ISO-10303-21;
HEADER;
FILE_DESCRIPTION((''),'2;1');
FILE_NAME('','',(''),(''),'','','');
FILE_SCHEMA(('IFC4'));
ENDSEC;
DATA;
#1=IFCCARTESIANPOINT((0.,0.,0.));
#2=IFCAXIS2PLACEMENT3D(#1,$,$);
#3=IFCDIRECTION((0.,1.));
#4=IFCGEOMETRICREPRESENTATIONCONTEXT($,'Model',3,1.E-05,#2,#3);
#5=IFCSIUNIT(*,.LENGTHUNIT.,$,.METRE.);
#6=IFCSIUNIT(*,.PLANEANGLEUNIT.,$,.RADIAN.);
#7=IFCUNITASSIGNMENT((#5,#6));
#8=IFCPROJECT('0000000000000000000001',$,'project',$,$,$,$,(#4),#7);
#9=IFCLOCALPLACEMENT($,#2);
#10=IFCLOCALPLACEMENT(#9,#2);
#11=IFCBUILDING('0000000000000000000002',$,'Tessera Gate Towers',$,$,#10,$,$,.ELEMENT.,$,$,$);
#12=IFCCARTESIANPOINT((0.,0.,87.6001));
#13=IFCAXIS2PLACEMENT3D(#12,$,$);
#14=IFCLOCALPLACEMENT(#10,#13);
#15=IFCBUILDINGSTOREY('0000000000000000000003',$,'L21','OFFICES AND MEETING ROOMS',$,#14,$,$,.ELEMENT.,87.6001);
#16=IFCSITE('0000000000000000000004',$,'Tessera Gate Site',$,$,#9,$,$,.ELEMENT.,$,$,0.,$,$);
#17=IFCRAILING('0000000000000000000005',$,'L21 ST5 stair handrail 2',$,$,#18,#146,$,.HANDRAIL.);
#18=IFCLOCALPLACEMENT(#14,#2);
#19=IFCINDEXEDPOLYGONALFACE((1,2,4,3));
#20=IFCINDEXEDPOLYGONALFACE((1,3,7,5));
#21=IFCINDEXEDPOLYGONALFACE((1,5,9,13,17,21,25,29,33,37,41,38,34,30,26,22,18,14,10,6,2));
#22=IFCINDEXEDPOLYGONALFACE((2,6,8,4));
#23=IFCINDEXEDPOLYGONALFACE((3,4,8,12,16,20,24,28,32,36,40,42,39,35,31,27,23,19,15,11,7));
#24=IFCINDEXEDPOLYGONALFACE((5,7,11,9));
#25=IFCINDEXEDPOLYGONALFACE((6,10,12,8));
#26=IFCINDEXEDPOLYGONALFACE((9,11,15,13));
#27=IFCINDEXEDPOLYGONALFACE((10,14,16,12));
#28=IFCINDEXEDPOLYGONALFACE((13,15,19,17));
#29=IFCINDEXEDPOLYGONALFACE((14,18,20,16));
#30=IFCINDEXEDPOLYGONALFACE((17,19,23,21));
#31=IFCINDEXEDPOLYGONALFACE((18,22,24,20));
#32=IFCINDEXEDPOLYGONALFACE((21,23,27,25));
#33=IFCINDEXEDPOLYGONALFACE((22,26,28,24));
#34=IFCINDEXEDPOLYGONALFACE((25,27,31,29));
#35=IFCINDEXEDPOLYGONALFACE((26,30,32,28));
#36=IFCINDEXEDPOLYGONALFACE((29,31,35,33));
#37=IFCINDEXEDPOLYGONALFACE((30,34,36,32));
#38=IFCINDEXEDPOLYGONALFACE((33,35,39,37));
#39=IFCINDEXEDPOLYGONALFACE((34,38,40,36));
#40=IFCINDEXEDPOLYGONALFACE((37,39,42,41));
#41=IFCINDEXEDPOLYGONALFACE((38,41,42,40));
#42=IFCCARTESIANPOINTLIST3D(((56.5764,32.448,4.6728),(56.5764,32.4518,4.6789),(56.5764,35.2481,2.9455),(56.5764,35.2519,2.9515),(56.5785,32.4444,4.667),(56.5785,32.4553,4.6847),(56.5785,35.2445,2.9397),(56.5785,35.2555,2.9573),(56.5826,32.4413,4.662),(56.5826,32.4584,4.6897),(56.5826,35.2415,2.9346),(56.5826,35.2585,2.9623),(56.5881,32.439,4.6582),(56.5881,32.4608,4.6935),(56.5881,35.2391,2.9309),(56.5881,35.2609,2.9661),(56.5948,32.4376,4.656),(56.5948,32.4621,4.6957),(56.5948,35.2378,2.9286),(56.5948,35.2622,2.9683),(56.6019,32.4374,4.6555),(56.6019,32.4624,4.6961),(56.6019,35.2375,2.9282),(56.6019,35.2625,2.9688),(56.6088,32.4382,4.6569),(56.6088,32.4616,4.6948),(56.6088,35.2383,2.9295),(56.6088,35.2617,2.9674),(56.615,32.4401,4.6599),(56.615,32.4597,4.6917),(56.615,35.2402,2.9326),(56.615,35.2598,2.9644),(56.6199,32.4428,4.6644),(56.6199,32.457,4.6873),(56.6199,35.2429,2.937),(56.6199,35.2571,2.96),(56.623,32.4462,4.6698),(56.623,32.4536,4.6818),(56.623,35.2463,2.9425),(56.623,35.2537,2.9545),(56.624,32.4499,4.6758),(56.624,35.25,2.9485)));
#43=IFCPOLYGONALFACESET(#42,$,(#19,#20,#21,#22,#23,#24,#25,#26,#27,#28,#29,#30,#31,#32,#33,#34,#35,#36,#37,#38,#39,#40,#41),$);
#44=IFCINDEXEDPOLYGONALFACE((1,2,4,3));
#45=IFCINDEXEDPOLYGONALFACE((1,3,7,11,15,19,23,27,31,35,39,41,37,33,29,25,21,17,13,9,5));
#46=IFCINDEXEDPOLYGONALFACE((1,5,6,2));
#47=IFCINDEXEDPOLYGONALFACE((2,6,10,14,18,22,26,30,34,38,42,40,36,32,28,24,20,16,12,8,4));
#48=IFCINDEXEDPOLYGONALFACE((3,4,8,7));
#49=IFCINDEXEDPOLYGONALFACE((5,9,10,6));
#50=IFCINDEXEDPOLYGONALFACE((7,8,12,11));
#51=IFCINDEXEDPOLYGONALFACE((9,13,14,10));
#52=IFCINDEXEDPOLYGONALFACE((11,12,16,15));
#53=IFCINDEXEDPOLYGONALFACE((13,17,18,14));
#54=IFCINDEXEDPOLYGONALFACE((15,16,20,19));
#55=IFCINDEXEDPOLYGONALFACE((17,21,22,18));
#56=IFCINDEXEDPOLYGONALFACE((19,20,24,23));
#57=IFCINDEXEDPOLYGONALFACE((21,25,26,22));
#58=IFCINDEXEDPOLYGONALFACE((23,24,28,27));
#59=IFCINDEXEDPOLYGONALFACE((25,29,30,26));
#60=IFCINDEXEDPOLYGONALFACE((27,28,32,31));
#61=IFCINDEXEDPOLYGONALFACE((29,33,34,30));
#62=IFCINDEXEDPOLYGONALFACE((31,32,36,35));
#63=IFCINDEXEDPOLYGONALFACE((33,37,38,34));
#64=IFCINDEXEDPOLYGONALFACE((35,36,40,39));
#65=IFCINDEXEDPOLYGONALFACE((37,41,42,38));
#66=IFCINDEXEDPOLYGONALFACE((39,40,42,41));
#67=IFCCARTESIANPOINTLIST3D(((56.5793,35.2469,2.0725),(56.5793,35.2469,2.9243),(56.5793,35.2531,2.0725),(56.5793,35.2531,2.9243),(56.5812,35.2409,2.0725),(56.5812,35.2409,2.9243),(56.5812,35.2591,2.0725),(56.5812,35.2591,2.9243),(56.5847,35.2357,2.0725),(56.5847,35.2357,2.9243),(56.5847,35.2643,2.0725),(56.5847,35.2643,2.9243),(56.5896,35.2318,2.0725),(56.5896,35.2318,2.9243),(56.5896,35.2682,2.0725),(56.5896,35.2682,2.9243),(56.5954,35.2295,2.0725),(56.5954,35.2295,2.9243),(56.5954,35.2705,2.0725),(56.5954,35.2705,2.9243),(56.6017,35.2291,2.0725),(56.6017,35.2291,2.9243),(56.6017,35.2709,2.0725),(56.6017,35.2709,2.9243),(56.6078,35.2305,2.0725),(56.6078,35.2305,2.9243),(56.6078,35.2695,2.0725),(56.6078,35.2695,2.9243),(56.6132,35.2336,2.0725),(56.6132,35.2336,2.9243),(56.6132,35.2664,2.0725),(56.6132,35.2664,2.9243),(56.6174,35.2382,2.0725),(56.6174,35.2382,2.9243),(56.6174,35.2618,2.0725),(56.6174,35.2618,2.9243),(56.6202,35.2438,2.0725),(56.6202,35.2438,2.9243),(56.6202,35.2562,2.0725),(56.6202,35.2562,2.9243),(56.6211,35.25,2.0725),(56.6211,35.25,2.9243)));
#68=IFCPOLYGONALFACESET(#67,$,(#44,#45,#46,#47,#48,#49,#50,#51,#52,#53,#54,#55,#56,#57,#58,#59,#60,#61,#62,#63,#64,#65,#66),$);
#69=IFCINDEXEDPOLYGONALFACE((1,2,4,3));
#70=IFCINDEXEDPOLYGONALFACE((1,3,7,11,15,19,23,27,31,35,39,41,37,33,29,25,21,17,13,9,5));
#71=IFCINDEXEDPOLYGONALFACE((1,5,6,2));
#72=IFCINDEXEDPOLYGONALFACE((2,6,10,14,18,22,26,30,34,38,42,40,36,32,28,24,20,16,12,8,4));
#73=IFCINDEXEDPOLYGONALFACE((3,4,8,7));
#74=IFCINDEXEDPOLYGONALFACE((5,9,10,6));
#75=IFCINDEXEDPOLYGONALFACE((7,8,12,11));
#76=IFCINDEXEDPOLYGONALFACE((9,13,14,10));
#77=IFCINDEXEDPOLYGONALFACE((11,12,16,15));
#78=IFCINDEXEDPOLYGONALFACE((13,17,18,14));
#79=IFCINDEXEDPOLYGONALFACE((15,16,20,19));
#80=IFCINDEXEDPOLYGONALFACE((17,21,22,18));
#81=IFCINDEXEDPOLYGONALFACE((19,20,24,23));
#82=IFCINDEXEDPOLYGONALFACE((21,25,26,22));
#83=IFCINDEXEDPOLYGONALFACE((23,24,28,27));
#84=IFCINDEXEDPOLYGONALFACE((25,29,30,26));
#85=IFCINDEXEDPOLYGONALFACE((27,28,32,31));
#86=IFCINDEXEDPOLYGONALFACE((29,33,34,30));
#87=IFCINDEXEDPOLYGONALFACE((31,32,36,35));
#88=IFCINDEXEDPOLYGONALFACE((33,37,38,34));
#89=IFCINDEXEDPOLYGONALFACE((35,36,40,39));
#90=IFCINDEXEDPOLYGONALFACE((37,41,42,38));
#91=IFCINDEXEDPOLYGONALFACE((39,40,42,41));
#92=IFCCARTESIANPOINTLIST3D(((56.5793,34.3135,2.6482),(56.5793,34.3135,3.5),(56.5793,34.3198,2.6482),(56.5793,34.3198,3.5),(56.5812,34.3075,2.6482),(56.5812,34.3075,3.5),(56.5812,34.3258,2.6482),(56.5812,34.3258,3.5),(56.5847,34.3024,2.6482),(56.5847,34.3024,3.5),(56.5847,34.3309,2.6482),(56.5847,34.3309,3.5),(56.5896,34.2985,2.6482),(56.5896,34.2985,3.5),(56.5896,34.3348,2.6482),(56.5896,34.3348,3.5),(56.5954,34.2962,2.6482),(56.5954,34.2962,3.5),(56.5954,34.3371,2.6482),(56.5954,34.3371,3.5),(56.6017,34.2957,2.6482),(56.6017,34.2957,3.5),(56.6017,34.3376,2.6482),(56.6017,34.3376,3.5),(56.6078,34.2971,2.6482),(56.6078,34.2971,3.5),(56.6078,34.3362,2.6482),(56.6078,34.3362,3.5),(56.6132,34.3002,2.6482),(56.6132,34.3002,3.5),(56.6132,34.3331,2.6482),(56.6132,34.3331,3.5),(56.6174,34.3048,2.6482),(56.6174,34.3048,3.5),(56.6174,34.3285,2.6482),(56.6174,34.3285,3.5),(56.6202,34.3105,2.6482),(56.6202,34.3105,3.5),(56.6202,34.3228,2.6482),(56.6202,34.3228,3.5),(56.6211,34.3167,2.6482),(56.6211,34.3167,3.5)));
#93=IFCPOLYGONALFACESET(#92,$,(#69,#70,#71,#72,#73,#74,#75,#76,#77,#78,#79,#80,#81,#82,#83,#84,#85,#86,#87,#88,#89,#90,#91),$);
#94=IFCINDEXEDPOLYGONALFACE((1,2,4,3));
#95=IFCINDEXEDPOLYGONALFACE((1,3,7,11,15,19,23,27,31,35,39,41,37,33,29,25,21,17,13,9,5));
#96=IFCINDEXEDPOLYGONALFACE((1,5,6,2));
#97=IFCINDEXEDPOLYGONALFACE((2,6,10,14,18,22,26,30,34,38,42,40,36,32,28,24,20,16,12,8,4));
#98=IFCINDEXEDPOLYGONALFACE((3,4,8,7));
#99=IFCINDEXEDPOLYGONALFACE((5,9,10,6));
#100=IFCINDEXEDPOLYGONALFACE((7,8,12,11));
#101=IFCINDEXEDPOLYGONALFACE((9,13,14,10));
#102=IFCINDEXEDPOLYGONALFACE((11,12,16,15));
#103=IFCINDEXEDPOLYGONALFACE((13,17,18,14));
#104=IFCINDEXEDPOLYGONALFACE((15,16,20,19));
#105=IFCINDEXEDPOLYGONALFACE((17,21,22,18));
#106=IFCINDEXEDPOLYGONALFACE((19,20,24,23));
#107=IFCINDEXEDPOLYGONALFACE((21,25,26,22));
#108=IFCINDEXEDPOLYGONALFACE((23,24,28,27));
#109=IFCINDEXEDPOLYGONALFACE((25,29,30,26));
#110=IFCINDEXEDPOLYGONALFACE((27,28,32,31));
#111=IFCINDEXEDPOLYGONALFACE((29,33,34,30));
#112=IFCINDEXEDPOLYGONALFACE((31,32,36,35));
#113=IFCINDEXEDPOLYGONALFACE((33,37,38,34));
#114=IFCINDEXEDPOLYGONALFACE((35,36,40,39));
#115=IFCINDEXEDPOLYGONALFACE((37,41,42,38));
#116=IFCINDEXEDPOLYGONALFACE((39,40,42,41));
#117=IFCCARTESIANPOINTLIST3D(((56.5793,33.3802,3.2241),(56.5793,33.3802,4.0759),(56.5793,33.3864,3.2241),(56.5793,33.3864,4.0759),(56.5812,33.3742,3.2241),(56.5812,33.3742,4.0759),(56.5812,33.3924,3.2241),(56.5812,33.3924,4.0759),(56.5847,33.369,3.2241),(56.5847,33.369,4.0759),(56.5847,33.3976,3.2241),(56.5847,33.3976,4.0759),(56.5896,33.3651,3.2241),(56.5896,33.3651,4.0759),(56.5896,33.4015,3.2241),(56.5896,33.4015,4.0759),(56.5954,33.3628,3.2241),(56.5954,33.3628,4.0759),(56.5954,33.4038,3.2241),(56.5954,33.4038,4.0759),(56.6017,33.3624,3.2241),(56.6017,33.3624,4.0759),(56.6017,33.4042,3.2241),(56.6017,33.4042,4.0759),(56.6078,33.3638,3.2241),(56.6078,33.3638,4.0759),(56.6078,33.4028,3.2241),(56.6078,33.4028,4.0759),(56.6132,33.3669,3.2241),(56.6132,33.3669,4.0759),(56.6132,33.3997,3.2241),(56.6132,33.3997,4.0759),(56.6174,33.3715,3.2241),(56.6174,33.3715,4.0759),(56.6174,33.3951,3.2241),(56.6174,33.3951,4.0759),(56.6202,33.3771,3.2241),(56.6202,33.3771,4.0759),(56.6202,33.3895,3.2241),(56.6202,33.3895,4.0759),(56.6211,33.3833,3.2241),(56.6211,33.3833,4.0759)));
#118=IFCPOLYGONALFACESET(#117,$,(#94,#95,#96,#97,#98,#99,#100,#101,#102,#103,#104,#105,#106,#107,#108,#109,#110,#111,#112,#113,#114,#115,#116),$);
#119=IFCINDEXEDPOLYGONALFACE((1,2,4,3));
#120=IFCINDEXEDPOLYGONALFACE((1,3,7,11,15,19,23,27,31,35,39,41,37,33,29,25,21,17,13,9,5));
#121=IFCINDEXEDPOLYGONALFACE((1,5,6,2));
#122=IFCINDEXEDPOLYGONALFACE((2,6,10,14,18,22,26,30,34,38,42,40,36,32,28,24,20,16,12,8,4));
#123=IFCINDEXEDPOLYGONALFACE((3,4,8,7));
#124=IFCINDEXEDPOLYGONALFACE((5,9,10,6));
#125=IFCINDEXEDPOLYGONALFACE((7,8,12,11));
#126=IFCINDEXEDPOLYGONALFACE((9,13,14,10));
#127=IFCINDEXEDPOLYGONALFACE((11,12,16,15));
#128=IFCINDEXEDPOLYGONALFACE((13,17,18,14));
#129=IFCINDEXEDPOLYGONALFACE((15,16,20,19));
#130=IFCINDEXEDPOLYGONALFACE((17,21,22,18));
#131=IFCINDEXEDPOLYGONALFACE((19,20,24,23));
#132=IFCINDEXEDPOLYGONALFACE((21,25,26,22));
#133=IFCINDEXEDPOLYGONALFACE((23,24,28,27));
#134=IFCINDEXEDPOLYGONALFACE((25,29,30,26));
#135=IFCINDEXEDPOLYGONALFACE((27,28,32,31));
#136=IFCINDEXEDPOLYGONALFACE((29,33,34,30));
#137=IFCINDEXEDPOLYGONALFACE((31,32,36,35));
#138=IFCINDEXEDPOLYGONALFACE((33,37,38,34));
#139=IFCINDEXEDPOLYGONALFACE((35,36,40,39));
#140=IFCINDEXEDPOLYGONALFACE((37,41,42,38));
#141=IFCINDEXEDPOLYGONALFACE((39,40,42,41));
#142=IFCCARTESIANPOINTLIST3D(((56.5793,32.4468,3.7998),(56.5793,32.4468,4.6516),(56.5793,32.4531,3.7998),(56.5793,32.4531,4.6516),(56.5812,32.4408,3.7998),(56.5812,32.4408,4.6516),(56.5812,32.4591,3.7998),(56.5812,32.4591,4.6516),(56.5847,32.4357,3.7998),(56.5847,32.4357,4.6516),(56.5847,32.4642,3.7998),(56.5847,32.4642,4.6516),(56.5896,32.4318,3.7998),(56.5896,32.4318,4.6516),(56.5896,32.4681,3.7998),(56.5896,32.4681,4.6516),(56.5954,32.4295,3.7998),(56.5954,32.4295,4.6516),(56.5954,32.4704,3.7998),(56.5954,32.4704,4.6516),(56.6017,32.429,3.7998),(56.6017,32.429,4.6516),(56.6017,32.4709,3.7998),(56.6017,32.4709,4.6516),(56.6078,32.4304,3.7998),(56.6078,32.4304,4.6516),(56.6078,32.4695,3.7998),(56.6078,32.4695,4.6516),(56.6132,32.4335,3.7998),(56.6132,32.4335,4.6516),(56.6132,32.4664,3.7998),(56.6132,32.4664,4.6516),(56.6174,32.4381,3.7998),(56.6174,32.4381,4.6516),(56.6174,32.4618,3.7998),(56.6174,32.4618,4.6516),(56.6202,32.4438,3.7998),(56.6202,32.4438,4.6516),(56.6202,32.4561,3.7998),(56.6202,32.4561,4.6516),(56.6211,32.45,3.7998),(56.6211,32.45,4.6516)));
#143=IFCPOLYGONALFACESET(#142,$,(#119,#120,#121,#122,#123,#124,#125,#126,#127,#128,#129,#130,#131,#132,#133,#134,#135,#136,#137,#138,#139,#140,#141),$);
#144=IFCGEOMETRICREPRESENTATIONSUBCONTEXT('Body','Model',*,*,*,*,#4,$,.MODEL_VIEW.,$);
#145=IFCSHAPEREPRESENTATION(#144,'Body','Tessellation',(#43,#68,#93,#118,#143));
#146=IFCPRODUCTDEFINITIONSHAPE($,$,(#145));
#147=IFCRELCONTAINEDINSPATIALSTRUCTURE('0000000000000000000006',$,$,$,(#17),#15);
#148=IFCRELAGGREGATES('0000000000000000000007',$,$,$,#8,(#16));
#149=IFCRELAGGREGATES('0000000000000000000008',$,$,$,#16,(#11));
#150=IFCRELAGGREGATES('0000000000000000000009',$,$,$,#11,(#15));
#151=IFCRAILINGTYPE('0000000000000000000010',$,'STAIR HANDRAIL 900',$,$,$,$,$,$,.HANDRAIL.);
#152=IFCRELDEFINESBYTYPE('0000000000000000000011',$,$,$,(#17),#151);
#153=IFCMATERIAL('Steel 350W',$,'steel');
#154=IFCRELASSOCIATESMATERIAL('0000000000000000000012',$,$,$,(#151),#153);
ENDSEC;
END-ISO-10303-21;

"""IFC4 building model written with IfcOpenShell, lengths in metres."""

from ifc_helpers import new_model, si_unit, direction, frame, origin, origin_2d, place, context, subcontext, project, spatial, circle, extrude, material, type_object, element, save


model = new_model("IFC4")

# Units and contexts
model_context = context("Model", 3, precision=1e-05, world=origin(), true_north=direction((0.0, 1.0)))
body_context = subcontext(model_context, "Body", "Model", "MODEL_VIEW")
ifc_project = project(units=[si_unit("LENGTHUNIT", "METRE"), si_unit("PLANEANGLEUNIT", "RADIAN")], contexts=[model_context])

# Site, building, storey
site_placement = place(None, origin())
site = spatial("IfcSite", under=ifc_project, at=site_placement, Name="Tessera Gate Site", CompositionType="ELEMENT", RefElevation=0.0)
building_placement = place(site_placement, origin())
building = spatial("IfcBuilding", under=site, at=building_placement, Name="Tessera Gate Towers", CompositionType="ELEMENT")
storey_placement = place(building_placement, frame((0.0, 0.0, 87.6001)))
storey = spatial("IfcBuildingStorey", under=building, at=storey_placement, Name="L21", Description="OFFICES AND MEETING ROOMS", CompositionType="ELEMENT", Elevation=87.6001)

# Railing
ifc_material_1 = material(Name="Steel 350W", Category="steel")
railing_type_1 = type_object("IfcRailingType", Name="STAIR HANDRAIL 900", PredefinedType="HANDRAIL", material=ifc_material_1)
railing_1_placement = place(storey_placement, frame((56.6001, 35.25, 2.0725)))
element("IfcRailing", 1, at=railing_1_placement, inside=storey, type_object=railing_type_1, Name="L21 ST5 stair handrail 2", PredefinedType="HANDRAIL", context=body_context, shape_type="SweptSolid", body=[
    extrude(circle(Radius=0.0239, at=origin_2d()), frame((0.0, 0.0, 0.876), z_axis=(0.0, -0.85109, 0.52502), x_axis=(1.0, 0.0, 0.0)), (0.0, 0.0, 1.0), 3.29),
    extrude(circle(Radius=0.021, at=origin_2d()), origin(), (0.0, 0.0, 1.0), 0.8518),
    extrude(circle(Radius=0.021, at=origin_2d()), frame((0.0, -0.9333, 0.5757)), (0.0, 0.0, 1.0), 0.8518),
    extrude(circle(Radius=0.021, at=origin_2d()), frame((0.0, -1.8667, 1.1516)), (0.0, 0.0, 1.0), 0.8518),
    extrude(circle(Radius=0.021, at=origin_2d()), frame((0.0, -2.8, 1.7273)), (0.0, 0.0, 1.0), 0.8518),
])

save(model, "model.ifc")
